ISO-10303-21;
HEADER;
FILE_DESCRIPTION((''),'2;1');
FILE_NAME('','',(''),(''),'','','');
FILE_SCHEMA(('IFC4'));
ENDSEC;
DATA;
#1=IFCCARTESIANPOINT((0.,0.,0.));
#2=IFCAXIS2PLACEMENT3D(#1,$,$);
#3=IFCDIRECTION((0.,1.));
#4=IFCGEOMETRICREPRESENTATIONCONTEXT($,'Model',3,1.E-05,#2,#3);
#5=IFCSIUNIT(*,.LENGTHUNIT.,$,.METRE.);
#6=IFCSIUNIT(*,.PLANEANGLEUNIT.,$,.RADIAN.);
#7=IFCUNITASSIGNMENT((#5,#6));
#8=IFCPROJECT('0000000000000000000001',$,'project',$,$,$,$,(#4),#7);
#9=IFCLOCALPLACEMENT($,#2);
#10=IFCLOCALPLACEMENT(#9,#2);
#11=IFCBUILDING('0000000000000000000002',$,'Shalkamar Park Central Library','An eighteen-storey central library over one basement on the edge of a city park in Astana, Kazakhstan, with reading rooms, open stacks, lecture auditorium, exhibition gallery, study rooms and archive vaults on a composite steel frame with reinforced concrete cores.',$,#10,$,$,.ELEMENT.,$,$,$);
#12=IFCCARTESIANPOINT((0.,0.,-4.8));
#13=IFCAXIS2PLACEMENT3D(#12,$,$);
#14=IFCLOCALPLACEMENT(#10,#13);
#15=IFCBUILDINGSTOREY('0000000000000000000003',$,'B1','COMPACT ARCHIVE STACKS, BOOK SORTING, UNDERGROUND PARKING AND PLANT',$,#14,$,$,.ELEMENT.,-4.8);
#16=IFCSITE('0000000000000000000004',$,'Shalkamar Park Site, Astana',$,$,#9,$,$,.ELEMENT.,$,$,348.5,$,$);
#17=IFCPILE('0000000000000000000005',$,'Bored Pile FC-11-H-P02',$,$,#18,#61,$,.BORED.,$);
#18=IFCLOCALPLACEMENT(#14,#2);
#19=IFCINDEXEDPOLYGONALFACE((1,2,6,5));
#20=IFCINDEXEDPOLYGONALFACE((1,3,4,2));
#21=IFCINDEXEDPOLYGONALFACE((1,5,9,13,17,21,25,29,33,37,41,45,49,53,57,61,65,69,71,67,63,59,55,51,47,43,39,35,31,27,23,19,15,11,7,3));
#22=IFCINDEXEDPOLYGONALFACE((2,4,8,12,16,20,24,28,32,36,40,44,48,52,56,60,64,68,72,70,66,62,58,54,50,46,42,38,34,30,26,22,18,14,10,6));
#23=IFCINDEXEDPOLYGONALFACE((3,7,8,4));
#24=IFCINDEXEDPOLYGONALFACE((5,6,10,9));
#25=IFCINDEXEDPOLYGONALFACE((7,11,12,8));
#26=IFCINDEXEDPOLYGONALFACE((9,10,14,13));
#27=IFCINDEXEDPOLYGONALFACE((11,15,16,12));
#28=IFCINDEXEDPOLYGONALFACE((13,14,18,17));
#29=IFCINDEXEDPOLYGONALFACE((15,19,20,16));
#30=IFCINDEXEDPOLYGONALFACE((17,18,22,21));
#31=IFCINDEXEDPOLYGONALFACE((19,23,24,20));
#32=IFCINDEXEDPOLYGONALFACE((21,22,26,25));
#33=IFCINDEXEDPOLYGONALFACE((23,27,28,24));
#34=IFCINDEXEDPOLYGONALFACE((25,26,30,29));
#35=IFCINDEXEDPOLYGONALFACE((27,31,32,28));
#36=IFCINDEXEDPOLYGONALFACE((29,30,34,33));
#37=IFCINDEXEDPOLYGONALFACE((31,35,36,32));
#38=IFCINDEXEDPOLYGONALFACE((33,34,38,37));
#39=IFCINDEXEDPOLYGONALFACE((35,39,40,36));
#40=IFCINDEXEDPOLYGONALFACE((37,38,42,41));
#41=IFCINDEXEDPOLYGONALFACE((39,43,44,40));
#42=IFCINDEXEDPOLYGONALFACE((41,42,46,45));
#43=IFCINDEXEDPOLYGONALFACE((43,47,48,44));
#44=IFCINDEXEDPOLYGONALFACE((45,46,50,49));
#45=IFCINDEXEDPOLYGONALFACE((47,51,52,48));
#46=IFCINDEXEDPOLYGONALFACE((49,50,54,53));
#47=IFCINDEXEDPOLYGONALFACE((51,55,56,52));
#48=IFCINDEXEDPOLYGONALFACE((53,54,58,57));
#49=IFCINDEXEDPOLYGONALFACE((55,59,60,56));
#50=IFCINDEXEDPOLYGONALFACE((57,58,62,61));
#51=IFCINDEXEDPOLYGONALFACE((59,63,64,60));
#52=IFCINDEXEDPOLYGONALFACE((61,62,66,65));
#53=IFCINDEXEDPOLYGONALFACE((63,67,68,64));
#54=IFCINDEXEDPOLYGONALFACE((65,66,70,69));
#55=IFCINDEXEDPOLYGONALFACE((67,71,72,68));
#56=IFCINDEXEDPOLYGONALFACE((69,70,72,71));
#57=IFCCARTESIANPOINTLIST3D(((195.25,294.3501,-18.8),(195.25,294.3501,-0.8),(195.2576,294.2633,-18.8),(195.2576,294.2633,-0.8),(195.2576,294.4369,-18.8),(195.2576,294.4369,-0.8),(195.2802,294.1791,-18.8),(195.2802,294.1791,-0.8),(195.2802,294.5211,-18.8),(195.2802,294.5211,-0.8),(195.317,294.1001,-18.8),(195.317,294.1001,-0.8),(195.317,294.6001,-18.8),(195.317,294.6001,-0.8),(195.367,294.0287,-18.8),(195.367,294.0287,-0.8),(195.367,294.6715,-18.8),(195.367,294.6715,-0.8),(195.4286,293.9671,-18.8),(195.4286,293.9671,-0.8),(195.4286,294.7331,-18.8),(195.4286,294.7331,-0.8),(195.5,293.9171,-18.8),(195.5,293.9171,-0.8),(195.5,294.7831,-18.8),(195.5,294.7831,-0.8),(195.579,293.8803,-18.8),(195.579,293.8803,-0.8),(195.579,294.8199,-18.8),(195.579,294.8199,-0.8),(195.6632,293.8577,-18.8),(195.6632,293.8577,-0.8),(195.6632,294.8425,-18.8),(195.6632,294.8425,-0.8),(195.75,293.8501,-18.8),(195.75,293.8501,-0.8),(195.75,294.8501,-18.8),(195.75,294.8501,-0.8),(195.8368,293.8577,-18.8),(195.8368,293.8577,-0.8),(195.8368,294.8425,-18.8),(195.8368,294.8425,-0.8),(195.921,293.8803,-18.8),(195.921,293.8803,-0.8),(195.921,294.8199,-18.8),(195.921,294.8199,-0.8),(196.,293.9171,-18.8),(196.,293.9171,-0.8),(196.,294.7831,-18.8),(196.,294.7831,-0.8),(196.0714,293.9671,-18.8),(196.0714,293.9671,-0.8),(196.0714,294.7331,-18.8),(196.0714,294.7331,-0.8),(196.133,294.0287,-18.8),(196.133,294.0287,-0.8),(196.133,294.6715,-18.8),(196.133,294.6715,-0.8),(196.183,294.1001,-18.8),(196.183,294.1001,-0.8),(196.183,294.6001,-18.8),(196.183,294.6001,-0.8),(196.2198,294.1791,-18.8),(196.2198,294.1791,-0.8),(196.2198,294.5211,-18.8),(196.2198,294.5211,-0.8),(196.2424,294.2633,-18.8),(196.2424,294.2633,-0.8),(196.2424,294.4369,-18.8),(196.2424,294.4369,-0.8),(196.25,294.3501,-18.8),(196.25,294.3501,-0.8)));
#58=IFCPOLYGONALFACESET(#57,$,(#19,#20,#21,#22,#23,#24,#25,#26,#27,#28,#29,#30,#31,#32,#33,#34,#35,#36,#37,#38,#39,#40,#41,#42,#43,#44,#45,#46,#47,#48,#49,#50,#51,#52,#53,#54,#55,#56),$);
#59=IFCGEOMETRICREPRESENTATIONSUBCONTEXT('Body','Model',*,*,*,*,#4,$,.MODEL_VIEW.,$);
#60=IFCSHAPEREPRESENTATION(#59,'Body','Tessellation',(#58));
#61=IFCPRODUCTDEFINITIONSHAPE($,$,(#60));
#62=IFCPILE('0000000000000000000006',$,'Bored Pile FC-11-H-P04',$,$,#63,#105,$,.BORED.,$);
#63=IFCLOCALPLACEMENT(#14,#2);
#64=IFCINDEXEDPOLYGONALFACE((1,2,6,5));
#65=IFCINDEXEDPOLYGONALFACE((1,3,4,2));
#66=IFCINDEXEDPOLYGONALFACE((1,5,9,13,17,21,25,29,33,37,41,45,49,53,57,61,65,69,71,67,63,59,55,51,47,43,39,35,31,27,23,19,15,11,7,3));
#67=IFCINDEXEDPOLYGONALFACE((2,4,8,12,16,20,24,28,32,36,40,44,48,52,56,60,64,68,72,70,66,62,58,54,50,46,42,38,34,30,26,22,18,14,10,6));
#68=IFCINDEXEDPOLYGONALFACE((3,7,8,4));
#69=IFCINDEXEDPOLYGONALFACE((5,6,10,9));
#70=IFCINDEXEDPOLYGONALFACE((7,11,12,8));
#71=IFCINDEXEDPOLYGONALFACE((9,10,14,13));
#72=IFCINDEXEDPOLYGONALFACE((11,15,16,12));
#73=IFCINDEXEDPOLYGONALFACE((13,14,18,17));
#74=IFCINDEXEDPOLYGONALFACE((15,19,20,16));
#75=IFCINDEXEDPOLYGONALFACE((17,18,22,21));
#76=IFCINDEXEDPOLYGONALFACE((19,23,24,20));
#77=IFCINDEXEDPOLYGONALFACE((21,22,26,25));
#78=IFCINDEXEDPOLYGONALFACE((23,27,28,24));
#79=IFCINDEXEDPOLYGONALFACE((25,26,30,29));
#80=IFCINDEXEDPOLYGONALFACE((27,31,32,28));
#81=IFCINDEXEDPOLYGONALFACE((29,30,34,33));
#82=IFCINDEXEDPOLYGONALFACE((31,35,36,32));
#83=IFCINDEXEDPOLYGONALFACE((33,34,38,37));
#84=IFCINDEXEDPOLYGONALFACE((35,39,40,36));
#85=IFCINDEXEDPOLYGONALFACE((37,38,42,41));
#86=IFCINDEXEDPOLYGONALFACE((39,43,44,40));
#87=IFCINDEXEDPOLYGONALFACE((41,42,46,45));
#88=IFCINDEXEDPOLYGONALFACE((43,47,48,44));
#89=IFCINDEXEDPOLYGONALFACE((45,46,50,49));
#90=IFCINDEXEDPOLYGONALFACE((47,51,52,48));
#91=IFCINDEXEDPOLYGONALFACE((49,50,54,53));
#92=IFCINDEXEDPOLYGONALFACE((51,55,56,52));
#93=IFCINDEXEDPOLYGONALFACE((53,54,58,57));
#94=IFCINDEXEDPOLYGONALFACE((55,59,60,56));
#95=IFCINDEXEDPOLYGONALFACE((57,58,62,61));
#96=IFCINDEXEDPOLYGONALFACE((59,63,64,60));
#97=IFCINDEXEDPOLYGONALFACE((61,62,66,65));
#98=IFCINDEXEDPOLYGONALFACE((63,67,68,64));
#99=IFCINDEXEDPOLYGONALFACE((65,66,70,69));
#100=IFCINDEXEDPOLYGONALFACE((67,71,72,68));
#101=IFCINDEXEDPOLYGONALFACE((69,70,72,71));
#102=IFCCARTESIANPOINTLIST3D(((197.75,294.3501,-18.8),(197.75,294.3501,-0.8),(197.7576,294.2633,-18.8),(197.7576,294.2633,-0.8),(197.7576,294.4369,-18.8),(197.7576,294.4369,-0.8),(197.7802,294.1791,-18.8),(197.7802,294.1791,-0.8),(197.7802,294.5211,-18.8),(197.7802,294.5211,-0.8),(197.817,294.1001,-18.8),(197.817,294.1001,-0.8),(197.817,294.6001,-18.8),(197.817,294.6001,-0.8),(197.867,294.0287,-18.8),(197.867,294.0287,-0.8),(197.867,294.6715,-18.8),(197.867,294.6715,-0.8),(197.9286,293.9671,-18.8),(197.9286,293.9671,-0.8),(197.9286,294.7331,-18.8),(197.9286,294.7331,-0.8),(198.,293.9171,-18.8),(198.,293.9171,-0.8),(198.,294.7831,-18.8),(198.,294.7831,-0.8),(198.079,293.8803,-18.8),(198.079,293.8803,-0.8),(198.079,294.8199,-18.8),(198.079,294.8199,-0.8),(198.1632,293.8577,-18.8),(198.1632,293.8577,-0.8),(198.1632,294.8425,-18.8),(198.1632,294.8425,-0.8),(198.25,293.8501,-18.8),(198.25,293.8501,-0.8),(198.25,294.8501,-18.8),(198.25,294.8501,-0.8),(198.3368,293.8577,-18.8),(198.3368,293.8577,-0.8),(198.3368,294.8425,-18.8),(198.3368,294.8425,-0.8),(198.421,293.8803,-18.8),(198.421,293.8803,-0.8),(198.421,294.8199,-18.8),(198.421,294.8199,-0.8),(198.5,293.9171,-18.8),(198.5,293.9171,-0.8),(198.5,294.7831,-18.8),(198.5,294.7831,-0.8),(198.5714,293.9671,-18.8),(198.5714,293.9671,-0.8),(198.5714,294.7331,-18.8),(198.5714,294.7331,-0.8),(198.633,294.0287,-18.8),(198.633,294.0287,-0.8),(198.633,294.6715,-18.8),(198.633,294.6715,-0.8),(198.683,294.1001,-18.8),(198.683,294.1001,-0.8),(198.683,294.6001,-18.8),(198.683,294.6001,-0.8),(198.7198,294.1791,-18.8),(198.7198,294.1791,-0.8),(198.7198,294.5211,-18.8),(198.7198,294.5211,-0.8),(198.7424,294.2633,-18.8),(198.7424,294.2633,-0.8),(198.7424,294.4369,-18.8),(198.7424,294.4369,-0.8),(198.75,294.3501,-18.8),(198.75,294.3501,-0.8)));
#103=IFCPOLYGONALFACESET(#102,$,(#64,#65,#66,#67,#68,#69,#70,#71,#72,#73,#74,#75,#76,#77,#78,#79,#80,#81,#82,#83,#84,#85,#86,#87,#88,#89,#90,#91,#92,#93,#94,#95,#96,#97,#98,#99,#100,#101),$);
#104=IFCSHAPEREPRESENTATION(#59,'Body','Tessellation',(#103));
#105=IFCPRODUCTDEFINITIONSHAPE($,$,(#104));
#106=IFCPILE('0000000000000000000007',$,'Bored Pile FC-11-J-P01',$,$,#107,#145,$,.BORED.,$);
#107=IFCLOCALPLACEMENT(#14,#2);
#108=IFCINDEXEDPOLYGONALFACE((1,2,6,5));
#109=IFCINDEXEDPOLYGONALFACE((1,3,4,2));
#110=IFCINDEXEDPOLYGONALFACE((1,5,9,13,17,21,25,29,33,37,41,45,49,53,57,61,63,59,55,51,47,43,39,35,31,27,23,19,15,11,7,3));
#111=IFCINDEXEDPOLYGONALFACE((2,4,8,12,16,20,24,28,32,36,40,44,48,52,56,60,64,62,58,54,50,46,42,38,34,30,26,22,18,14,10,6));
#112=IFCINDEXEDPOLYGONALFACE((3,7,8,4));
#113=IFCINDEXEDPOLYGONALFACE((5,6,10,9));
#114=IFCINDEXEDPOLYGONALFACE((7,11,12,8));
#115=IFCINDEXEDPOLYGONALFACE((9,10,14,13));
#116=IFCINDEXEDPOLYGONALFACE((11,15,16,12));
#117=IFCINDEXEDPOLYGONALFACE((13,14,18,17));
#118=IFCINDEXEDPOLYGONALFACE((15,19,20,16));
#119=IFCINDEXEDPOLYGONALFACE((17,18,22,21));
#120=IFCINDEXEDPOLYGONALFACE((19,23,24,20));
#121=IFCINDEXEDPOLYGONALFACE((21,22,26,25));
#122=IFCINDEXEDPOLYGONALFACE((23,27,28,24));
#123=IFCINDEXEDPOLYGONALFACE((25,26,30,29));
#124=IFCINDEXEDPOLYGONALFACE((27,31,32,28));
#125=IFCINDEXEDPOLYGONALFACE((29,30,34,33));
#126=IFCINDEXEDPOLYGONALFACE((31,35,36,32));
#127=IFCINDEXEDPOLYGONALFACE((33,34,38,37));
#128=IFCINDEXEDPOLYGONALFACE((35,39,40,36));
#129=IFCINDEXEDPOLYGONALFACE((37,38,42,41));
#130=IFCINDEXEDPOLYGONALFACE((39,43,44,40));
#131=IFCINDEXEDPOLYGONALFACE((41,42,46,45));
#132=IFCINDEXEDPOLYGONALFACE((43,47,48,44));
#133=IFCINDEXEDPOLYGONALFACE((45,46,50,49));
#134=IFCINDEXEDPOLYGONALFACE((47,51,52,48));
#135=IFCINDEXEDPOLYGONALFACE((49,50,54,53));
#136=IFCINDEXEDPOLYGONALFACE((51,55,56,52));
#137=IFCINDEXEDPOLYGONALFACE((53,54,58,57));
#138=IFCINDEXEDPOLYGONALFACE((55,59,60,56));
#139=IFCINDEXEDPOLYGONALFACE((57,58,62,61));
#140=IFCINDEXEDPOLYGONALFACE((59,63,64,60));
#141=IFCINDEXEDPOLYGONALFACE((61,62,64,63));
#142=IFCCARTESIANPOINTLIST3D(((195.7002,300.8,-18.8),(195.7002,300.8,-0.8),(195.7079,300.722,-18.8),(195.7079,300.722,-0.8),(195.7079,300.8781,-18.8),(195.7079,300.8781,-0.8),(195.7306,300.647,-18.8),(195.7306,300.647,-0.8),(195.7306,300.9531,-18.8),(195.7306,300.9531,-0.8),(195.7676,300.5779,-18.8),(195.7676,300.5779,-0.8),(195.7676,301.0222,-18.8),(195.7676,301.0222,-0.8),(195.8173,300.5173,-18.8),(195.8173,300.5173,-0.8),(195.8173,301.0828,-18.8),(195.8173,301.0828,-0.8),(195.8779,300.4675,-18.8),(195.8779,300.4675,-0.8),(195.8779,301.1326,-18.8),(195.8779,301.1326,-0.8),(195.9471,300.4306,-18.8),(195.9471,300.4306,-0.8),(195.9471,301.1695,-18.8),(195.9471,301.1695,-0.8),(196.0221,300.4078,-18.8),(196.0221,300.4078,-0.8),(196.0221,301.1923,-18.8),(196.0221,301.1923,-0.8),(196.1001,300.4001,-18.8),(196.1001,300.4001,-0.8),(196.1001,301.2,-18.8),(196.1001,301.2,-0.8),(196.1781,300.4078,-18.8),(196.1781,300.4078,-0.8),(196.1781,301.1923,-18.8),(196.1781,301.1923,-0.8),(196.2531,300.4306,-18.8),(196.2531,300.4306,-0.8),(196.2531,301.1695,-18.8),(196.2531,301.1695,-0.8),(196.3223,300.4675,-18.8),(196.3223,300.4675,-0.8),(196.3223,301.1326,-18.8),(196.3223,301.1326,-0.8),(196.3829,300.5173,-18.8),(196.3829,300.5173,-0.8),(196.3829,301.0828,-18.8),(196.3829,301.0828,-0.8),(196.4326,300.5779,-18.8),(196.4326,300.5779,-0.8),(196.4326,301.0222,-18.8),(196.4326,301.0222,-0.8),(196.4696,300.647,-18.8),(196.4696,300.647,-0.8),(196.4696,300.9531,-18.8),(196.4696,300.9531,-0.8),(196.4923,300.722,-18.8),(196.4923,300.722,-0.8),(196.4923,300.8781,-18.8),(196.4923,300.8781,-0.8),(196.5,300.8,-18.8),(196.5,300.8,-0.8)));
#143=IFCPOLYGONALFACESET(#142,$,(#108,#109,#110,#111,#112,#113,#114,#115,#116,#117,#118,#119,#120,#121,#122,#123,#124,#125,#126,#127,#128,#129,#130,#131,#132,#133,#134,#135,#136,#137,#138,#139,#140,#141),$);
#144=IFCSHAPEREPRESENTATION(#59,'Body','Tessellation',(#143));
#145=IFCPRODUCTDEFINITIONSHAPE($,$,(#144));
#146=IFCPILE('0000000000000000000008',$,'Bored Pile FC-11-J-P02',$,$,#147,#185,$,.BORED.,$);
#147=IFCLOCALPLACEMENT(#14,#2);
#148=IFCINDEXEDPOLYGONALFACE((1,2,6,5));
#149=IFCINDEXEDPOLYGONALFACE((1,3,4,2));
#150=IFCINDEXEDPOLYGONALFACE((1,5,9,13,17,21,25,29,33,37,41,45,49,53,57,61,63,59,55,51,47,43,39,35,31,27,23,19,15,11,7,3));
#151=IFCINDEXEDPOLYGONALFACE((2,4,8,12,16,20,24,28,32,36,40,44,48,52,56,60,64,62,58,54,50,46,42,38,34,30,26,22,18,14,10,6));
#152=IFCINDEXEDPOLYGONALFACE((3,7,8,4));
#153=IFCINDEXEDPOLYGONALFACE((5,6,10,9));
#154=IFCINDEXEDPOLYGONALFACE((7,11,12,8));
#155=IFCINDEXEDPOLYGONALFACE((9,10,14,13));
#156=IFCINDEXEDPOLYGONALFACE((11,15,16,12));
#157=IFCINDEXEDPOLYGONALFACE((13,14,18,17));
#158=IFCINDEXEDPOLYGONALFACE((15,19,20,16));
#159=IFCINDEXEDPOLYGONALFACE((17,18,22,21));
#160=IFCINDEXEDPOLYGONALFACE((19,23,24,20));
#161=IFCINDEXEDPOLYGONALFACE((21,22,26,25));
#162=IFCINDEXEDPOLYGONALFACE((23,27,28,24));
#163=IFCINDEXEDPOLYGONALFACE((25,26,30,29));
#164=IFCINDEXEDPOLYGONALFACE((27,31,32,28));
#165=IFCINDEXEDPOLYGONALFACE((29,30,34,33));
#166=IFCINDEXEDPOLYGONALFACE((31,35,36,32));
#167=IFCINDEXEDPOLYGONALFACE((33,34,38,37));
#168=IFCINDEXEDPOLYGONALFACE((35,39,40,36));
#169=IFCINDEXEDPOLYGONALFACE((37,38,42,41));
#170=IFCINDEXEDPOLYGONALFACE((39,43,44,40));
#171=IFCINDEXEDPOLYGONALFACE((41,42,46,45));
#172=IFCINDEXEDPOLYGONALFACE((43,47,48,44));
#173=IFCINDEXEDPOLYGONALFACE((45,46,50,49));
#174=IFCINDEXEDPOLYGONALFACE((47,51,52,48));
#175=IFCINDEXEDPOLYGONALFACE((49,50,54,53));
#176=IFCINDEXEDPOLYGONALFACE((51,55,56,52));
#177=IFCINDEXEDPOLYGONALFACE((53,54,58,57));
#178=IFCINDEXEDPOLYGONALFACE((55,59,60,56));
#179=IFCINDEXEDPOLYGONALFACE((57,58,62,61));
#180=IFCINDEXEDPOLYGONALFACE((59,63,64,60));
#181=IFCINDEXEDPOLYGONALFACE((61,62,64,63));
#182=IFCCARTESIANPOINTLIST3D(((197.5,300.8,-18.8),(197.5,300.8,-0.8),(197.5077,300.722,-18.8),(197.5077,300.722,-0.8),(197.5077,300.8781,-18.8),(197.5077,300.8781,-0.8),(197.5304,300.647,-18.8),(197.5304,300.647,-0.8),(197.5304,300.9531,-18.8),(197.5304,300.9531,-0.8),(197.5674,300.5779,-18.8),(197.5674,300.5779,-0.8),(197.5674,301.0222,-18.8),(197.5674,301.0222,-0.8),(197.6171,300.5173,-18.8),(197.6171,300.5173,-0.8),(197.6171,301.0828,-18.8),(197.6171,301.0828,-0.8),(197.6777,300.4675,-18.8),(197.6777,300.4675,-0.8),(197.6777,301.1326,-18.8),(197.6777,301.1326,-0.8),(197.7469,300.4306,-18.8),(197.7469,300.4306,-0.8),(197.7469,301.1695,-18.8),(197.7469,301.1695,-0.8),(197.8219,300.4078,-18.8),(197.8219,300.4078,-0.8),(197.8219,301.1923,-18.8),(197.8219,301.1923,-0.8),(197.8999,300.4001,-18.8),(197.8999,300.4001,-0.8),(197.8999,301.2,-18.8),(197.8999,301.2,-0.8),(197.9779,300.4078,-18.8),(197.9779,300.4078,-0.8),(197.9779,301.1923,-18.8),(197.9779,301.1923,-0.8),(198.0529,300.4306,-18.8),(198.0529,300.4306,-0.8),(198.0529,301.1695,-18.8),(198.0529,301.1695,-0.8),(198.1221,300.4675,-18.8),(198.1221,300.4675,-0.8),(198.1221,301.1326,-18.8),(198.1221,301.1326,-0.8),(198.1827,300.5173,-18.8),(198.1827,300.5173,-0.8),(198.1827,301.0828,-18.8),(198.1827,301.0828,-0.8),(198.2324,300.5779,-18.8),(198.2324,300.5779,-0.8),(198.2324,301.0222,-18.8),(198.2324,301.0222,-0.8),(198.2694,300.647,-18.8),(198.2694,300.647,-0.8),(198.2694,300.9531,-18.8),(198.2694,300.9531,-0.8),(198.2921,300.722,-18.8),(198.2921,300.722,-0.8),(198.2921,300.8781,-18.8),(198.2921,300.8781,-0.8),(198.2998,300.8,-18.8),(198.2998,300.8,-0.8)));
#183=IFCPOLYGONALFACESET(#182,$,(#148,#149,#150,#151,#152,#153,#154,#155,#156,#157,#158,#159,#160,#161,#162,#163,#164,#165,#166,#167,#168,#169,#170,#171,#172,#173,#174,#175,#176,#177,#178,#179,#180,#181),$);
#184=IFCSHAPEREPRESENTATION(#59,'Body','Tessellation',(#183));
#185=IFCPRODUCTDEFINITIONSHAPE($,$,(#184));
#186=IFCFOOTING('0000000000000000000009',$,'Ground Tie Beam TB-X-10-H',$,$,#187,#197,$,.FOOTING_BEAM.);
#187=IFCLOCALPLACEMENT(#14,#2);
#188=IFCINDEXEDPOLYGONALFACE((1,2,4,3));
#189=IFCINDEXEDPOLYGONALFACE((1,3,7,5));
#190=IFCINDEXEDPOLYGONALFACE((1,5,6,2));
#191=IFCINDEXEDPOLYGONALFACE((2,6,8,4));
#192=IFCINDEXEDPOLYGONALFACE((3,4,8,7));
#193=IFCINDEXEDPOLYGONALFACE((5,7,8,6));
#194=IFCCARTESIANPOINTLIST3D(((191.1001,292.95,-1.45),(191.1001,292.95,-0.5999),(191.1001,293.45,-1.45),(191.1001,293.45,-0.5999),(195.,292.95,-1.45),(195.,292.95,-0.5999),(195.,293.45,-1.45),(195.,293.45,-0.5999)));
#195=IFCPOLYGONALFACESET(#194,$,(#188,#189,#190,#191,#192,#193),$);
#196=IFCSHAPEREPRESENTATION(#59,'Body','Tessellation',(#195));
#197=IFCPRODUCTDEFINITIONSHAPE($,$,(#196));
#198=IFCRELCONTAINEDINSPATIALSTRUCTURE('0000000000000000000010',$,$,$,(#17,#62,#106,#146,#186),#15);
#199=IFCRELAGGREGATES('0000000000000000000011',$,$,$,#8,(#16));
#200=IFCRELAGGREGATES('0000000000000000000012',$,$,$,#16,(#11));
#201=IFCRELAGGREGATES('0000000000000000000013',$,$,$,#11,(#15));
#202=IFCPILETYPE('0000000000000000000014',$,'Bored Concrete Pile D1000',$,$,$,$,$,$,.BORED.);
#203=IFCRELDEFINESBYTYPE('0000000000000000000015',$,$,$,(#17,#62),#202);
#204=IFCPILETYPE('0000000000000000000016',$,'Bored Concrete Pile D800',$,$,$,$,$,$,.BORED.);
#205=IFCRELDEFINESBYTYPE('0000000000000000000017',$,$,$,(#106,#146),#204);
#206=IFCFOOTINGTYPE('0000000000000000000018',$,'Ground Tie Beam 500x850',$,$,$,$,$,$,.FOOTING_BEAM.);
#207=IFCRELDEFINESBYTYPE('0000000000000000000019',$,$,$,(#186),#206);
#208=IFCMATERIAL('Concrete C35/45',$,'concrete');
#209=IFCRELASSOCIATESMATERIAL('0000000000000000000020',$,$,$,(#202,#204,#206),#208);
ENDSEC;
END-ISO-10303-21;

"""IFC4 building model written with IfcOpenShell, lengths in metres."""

from ifc_helpers import new_model, si_unit, direction, frame, origin, origin_2d, place, context, subcontext, project, spatial, rectangle, circle, extrude, material, material_profile, profile_set, type_object, element, save


model = new_model("IFC4")

# Units and contexts
model_context = context("Model", 3, precision=1e-05, world=origin(), true_north=direction((0.0, 1.0)))
body_context = subcontext(model_context, "Body", "Model", "MODEL_VIEW")
ifc_project = project(units=[si_unit("LENGTHUNIT", "METRE"), si_unit("PLANEANGLEUNIT", "RADIAN")], contexts=[model_context])

# Site, building, storey
site_placement = place(None, origin())
site = spatial("IfcSite", under=ifc_project, at=site_placement, Name="Shalkamar Park Site, Astana", CompositionType="ELEMENT", RefElevation=348.5)
building_placement = place(site_placement, origin())
building = spatial("IfcBuilding", under=site, at=building_placement, Name="Shalkamar Park Central Library", Description="An eighteen-storey central library over one basement on the edge of a city park in Astana, Kazakhstan, with reading rooms, open stacks, lecture auditorium, exhibition gallery, study rooms and archive vaults on a composite steel frame with reinforced concrete cores.", CompositionType="ELEMENT")
storey_placement = place(building_placement, frame((0.0, 0.0, -4.8)))
storey = spatial("IfcBuildingStorey", under=building, at=storey_placement, Name="B1", Description="COMPACT ARCHIVE STACKS, BOOK SORTING, UNDERGROUND PARKING AND PLANT", CompositionType="ELEMENT", Elevation=-4.8)

# Piles
ifc_material_1 = material(Name="Concrete C35/45", Category="concrete")
ifc_material_profile_1 = material_profile(ifc_material_1, circle(Radius=0.5, at=origin_2d()), Name="PILE D1000")
ifc_profile_set_1 = profile_set([ifc_material_profile_1], Name="Concrete C35/45")
pile_type_1 = type_object("IfcPileType", Name="Bored Concrete Pile D1000", PredefinedType="BORED", material=ifc_profile_set_1)
for number, where, z_axis, x_axis, name in (
    (1, (195.75, 294.3501, -0.8), (0.0, 0.0, -1.0), (1.0, 0.0, 0.0), "Bored Pile FC-11-H-P02"),
    (2, (198.25, 294.3501, -0.8), (0.0, 0.0, -1.0), (1.0, 0.0, 0.0), "Bored Pile FC-11-H-P04"),
):
    element("IfcPile", number, at=place(storey_placement, frame(where, z_axis=z_axis, x_axis=x_axis)), inside=storey, type_object=pile_type_1, Name=name, PredefinedType="BORED", context=body_context, shape_type="SweptSolid", body=[
        extrude(circle(Radius=0.5, at=origin_2d()), origin(), (0.0, 0.0, 1.0), 18.0),
    ])
ifc_material_profile_2 = material_profile(ifc_material_1, circle(Radius=0.3999, at=origin_2d()), Name="PILE D800")
ifc_profile_set_2 = profile_set([ifc_material_profile_2], Name="Concrete C35/45")
pile_type_2 = type_object("IfcPileType", Name="Bored Concrete Pile D800", PredefinedType="BORED", material=ifc_profile_set_2)
for number, where, z_axis, x_axis, name in (
    (3, (196.1001, 300.8, -0.8), (0.0, 0.0, -1.0), (1.0, 0.0, 0.0), "Bored Pile FC-11-J-P01"),
    (4, (197.8999, 300.8, -0.8), (0.0, 0.0, -1.0), (1.0, 0.0, 0.0), "Bored Pile FC-11-J-P02"),
):
    element("IfcPile", number, at=place(storey_placement, frame(where, z_axis=z_axis, x_axis=x_axis)), inside=storey, type_object=pile_type_2, Name=name, PredefinedType="BORED", context=body_context, shape_type="SweptSolid", body=[
        extrude(circle(Radius=0.3999, at=origin_2d()), origin(), (0.0, 0.0, 1.0), 18.0),
    ])

# Footing
footing_type_1 = type_object("IfcFootingType", Name="Ground Tie Beam 500x850", PredefinedType="FOOTING_BEAM", material=ifc_material_1)
footing_1_placement = place(storey_placement, frame((193.05, 293.2, -1.45), z_axis=(0.0, 0.0, 1.0), x_axis=(1.0, 0.0, 0.0)))
element("IfcFooting", 5, at=footing_1_placement, inside=storey, type_object=footing_type_1, Name="Ground Tie Beam TB-X-10-H", PredefinedType="FOOTING_BEAM", context=body_context, shape_type="SweptSolid", body=[
    extrude(rectangle(XDim=3.8999, YDim=0.5, at=origin_2d()), origin(), (0.0, 0.0, 1.0), 0.8501),
])

save(model, "model.ifc")
